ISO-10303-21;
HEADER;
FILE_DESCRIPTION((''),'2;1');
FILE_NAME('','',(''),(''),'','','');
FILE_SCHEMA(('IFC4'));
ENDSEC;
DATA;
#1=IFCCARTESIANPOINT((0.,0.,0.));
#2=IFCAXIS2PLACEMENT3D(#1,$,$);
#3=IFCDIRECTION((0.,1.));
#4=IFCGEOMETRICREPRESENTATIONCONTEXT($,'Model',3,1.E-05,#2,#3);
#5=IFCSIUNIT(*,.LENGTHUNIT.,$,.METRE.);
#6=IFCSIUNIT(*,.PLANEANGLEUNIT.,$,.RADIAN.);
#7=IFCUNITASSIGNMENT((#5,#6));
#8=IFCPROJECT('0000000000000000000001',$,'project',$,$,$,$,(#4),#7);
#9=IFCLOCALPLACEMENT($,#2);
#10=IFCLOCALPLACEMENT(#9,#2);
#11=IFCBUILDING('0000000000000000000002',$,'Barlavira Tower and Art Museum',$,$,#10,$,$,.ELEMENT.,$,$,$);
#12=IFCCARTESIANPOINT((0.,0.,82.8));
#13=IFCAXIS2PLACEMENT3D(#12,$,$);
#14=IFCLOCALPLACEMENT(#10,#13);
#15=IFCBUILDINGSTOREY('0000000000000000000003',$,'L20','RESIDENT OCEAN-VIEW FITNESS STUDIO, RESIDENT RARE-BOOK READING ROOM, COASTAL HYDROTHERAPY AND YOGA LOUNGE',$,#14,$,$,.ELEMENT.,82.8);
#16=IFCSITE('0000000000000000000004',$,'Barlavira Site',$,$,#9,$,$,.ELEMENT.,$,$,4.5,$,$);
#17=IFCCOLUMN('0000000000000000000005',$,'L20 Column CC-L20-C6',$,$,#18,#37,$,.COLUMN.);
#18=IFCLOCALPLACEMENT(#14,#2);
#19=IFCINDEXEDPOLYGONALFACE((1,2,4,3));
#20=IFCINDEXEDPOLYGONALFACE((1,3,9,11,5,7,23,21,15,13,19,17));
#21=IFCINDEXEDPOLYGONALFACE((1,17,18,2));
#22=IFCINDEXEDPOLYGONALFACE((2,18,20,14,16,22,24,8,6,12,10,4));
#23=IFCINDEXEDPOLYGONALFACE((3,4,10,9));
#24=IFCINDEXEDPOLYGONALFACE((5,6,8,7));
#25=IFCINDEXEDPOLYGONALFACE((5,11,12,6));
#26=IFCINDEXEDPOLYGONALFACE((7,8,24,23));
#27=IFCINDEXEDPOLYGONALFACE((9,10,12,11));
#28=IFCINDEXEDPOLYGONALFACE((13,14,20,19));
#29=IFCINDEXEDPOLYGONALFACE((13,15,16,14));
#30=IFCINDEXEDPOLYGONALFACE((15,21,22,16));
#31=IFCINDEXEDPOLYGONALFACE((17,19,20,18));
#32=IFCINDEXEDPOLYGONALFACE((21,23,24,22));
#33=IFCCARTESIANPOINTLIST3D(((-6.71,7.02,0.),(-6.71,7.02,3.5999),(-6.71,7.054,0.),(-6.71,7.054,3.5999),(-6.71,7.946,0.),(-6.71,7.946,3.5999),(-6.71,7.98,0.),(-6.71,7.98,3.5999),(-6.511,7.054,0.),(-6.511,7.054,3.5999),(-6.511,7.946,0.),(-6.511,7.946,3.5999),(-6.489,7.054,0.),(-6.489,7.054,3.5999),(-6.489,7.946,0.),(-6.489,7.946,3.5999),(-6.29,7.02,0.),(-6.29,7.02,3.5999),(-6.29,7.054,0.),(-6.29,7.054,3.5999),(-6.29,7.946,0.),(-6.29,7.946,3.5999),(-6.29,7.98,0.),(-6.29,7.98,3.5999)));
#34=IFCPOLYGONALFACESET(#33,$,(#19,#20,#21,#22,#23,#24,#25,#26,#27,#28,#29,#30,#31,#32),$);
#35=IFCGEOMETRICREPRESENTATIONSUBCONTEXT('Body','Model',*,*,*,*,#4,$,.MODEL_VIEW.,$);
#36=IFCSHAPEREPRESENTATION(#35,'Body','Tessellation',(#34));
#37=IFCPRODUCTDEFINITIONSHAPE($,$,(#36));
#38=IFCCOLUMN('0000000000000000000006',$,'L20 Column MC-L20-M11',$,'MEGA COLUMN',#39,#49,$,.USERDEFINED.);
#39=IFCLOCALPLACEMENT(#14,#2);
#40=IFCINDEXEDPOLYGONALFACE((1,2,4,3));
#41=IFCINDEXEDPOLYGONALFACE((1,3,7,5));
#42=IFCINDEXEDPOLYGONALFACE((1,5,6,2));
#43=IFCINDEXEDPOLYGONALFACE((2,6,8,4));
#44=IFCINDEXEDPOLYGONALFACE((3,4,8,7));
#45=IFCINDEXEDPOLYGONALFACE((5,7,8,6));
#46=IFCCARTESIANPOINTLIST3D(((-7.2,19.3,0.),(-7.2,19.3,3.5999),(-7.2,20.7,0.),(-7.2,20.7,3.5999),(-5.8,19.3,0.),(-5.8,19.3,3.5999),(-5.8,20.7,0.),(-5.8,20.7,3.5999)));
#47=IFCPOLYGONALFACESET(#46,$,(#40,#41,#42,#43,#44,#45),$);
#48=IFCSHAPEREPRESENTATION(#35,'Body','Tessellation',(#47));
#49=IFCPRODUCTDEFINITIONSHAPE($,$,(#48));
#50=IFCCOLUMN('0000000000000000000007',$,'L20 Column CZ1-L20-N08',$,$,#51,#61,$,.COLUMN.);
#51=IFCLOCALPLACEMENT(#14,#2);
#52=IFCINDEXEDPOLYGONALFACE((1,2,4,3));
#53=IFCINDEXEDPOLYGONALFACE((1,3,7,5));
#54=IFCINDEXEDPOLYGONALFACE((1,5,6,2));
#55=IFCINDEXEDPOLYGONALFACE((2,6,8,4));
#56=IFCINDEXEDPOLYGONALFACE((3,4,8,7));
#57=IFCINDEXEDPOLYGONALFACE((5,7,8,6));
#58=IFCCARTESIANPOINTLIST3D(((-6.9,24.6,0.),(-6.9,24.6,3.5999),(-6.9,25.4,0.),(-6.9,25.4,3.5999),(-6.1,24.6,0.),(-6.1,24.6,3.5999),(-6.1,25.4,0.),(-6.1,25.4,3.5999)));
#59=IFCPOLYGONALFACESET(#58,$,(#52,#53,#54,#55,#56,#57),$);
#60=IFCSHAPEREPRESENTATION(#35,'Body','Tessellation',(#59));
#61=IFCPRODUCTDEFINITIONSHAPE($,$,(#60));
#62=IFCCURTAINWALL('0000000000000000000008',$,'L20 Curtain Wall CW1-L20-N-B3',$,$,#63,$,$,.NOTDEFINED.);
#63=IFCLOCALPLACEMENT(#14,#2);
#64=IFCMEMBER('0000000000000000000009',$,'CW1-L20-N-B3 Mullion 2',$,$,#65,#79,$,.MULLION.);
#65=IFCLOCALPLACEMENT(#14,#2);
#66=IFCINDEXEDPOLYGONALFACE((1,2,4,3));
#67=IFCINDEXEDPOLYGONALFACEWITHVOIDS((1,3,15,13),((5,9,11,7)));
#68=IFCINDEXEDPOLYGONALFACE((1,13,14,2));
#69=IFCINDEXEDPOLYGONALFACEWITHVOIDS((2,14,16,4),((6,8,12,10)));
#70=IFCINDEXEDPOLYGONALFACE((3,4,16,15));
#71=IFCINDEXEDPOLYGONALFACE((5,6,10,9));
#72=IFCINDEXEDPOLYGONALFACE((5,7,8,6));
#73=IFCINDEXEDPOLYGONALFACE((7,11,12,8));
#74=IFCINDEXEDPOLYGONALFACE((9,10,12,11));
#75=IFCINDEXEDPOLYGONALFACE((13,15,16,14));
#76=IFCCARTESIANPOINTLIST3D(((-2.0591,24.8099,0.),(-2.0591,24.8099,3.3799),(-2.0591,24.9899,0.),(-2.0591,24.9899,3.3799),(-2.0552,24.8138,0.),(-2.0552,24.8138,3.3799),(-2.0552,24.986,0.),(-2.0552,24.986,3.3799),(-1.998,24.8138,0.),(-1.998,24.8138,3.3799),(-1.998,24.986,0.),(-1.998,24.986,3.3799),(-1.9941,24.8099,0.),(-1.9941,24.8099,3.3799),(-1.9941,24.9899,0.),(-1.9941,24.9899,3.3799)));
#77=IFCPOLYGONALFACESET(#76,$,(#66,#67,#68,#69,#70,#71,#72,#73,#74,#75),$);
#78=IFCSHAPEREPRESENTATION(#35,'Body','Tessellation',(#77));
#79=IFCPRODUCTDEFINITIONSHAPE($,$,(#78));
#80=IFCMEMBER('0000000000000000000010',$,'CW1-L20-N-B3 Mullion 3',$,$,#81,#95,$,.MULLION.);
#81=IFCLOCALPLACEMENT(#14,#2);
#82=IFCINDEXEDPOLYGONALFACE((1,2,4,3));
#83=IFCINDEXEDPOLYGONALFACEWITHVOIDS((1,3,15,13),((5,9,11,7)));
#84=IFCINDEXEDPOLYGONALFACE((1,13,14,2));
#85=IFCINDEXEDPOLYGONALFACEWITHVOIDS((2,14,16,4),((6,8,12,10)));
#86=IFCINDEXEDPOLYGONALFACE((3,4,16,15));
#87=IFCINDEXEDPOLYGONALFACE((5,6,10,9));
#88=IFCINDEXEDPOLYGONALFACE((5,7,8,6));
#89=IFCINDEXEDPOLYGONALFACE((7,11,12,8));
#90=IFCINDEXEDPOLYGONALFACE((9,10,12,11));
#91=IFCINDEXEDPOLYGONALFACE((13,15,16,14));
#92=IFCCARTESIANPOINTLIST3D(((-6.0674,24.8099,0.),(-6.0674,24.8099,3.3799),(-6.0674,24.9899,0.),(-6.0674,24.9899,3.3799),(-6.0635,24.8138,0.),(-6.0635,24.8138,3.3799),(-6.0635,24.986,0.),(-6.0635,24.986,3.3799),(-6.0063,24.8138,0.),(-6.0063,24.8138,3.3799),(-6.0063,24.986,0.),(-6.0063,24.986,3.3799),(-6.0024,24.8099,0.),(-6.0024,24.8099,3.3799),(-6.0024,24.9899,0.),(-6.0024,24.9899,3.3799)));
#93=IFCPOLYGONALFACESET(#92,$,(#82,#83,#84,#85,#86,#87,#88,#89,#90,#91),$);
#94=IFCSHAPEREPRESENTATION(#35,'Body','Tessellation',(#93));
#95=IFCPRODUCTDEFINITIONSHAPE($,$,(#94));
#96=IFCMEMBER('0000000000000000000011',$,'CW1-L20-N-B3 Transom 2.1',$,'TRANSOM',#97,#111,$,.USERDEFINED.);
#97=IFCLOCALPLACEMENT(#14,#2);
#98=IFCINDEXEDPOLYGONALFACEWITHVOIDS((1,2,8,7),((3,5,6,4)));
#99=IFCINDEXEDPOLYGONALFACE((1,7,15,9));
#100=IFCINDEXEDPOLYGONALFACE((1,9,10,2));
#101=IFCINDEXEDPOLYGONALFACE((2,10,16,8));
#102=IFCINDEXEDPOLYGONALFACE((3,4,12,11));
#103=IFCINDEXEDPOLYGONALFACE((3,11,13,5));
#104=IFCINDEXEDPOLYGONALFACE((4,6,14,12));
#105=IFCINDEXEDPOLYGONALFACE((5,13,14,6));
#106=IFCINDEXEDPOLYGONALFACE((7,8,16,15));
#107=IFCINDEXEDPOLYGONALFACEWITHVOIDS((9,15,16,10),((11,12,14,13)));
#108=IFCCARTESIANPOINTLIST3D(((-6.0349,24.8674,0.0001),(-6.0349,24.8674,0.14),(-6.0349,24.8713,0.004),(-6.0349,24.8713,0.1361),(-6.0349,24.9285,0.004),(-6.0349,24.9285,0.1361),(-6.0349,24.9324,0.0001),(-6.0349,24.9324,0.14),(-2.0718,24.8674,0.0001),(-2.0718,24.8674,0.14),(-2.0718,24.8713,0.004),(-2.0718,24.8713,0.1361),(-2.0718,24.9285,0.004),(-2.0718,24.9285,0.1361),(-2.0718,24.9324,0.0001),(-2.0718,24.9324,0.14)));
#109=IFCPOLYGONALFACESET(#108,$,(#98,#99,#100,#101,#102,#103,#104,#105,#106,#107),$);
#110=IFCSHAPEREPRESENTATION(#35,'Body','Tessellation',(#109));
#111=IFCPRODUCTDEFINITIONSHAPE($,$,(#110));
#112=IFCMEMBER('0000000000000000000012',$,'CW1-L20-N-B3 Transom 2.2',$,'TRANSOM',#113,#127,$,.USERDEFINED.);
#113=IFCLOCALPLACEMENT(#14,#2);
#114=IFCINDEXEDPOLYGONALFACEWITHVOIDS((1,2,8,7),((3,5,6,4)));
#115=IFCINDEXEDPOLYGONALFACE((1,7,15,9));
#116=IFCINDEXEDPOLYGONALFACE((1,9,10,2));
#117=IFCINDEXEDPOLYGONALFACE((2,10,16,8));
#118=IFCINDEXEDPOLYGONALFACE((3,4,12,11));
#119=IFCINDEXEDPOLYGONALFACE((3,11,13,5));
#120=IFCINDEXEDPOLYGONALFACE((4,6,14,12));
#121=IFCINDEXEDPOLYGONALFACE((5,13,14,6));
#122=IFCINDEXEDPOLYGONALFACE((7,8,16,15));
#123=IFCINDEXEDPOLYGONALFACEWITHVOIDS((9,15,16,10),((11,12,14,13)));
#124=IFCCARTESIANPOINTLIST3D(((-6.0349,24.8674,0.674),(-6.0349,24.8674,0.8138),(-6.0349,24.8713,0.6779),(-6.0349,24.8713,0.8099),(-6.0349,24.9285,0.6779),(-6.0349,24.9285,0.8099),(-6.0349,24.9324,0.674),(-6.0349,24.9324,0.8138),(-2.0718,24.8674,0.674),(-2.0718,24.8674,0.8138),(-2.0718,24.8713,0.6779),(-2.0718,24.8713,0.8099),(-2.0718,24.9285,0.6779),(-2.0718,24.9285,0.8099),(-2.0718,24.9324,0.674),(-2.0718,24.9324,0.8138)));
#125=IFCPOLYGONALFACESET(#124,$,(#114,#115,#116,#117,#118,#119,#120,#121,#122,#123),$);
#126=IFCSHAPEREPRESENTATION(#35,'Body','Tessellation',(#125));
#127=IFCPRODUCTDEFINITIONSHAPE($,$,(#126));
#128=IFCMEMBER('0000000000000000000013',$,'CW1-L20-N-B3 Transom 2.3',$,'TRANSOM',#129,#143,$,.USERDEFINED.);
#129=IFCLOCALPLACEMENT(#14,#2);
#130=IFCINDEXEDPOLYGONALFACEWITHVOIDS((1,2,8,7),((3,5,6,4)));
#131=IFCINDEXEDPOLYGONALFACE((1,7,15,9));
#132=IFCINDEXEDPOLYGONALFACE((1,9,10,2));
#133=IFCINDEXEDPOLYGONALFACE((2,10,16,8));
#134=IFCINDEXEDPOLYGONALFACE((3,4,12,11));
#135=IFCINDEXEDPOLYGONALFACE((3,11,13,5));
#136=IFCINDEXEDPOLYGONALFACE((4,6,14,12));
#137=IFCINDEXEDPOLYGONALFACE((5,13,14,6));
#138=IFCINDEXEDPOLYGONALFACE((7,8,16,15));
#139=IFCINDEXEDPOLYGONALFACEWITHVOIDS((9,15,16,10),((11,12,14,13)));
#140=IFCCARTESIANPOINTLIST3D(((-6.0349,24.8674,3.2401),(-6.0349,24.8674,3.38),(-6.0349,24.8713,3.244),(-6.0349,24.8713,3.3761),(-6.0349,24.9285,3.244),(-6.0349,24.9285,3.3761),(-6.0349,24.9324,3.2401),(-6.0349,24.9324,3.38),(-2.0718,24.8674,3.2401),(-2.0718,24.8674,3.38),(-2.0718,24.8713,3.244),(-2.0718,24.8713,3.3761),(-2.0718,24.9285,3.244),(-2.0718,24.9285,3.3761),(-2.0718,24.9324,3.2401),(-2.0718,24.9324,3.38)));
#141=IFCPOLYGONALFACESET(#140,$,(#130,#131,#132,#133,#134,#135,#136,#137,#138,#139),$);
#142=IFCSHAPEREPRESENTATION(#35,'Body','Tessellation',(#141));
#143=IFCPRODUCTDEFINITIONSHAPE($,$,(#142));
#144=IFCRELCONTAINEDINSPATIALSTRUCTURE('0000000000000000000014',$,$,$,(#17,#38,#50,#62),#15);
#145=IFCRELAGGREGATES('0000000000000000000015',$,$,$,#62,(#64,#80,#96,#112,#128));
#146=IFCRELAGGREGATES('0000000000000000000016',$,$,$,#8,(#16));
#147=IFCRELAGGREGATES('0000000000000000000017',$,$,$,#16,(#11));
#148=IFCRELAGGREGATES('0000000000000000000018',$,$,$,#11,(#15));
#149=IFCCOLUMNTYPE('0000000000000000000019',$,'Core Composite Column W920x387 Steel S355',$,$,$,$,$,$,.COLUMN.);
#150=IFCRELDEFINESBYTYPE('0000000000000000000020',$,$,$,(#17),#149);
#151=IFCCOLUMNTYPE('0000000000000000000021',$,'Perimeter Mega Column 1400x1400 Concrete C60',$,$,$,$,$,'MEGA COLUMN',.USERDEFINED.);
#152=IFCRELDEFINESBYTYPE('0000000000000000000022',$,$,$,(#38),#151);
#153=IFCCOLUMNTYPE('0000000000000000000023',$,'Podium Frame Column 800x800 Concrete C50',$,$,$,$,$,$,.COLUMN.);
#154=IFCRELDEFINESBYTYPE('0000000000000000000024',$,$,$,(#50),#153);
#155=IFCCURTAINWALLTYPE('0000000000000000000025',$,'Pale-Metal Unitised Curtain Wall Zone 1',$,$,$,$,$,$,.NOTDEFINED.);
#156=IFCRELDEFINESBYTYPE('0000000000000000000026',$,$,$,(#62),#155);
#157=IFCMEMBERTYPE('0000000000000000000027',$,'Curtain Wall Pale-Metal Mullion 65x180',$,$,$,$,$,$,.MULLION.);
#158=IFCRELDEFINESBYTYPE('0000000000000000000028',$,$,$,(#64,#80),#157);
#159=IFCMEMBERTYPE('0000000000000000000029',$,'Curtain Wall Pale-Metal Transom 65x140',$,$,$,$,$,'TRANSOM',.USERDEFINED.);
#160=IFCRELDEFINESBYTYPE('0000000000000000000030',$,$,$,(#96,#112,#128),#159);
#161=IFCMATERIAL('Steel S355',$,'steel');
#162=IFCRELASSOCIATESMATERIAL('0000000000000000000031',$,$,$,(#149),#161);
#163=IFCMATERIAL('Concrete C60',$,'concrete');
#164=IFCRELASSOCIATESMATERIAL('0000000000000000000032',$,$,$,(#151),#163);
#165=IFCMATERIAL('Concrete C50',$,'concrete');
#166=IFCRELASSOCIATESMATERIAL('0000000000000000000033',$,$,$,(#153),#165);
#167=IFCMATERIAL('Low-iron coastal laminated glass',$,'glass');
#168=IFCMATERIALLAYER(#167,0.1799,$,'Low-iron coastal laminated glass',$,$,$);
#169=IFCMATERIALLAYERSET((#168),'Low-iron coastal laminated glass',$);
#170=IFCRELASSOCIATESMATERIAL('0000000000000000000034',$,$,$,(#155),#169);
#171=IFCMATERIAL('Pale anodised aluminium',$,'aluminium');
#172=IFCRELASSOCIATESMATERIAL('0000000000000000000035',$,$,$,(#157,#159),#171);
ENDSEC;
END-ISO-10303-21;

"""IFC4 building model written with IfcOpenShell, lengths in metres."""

from ifc_helpers import new_model, si_unit, direction, frame, origin, origin_2d, place, context, subcontext, project, spatial, rectangle, hollow_rectangle, i_section, extrude, material, layer, layer_set, material_profile, profile_set, type_object, element, aggregate, save


model = new_model("IFC4")

# Units and contexts
model_context = context("Model", 3, precision=1e-05, world=origin(), true_north=direction((0.0, 1.0)))
body_context = subcontext(model_context, "Body", "Model", "MODEL_VIEW")
ifc_project = project(units=[si_unit("LENGTHUNIT", "METRE"), si_unit("PLANEANGLEUNIT", "RADIAN")], contexts=[model_context])

# Site, building, storey
site_placement = place(None, origin())
site = spatial("IfcSite", under=ifc_project, at=site_placement, Name="Barlavira Site", CompositionType="ELEMENT", RefElevation=4.5)
building_placement = place(site_placement, origin())
building = spatial("IfcBuilding", under=site, at=building_placement, Name="Barlavira Tower and Art Museum", CompositionType="ELEMENT")
storey_placement = place(building_placement, frame((0.0, 0.0, 82.8)))
storey = spatial("IfcBuildingStorey", under=building, at=storey_placement, Name="L20", Description="RESIDENT OCEAN-VIEW FITNESS STUDIO, RESIDENT RARE-BOOK READING ROOM, COASTAL HYDROTHERAPY AND YOGA LOUNGE", CompositionType="ELEMENT", Elevation=82.8)

# Columns
ifc_material_1 = material(Name="Steel S355", Category="steel")
ifc_material_profile_1 = material_profile(ifc_material_1, i_section(OverallWidth=0.4199, OverallDepth=0.96, WebThickness=0.022, FlangeThickness=0.0339, at=origin_2d()), Name="W920x387.0")
ifc_profile_set_1 = profile_set([ifc_material_profile_1], Name="Steel S355")
column_type_1 = type_object("IfcColumnType", Name="Core Composite Column W920x387 Steel S355", PredefinedType="COLUMN", material=ifc_profile_set_1)
column_1_placement = place(storey_placement, frame((-6.5, 7.5, 0.0), z_axis=(0.0, 0.0, 1.0), x_axis=(1.0, 0.0, 0.0)))
element("IfcColumn", 1, at=column_1_placement, inside=storey, type_object=column_type_1, Name="L20 Column CC-L20-C6", PredefinedType="COLUMN", context=body_context, shape_type="SweptSolid", body=[
    extrude(i_section(OverallWidth=0.4199, OverallDepth=0.96, WebThickness=0.022, FlangeThickness=0.0339, at=origin_2d()), origin(), (0.0, 0.0, 1.0), 3.5999),
])
ifc_material_2 = material(Name="Concrete C60", Category="concrete")
ifc_material_profile_2 = material_profile(ifc_material_2, rectangle(XDim=1.3999, YDim=1.3999, at=origin_2d()), Name="RC-MCOL 1400x1400")
ifc_profile_set_2 = profile_set([ifc_material_profile_2], Name="Concrete C60")
column_type_2 = type_object("IfcColumnType", Name="Perimeter Mega Column 1400x1400 Concrete C60", ElementType="MEGA COLUMN", PredefinedType="USERDEFINED", material=ifc_profile_set_2)
column_2_placement = place(storey_placement, frame((-6.5, 20.0, 0.0), z_axis=(0.0, 0.0, 1.0), x_axis=(1.0, 0.0, 0.0)))
element("IfcColumn", 2, at=column_2_placement, inside=storey, type_object=column_type_2, Name="L20 Column MC-L20-M11", ObjectType="MEGA COLUMN", PredefinedType="USERDEFINED", context=body_context, shape_type="SweptSolid", body=[
    extrude(rectangle(XDim=1.3999, YDim=1.3999, at=origin_2d()), origin(), (0.0, 0.0, 1.0), 3.5999),
])
ifc_material_3 = material(Name="Concrete C50", Category="concrete")
ifc_material_profile_3 = material_profile(ifc_material_3, rectangle(XDim=0.8, YDim=0.8, at=origin_2d()), Name="RC-COL 800x800")
ifc_profile_set_3 = profile_set([ifc_material_profile_3], Name="Concrete C50")
column_type_3 = type_object("IfcColumnType", Name="Podium Frame Column 800x800 Concrete C50", PredefinedType="COLUMN", material=ifc_profile_set_3)
column_3_placement = place(storey_placement, frame((-6.5, 25.0, 0.0), z_axis=(0.0, 0.0, 1.0), x_axis=(1.0, 0.0, 0.0)))
element("IfcColumn", 3, at=column_3_placement, inside=storey, type_object=column_type_3, Name="L20 Column CZ1-L20-N08", PredefinedType="COLUMN", context=body_context, shape_type="SweptSolid", body=[
    extrude(rectangle(XDim=0.8, YDim=0.8, at=origin_2d()), origin(), (0.0, 0.0, 1.0), 3.5999),
])

# Curtain wall, members
ifc_material_4 = material(Name="Low-iron coastal laminated glass", Category="glass")
ifc_layer_1 = layer(ifc_material_4, 0.1799, Name="Low-iron coastal laminated glass")
ifc_layer_set_1 = layer_set([ifc_layer_1], Name="Low-iron coastal laminated glass")
curtain_wall_type = type_object("IfcCurtainWallType", Name="Pale-Metal Unitised Curtain Wall Zone 1", PredefinedType="NOTDEFINED", material=ifc_layer_set_1)
curtain_wall_placement = place(storey_placement, origin())
curtain_wall = element("IfcCurtainWall", 4, at=curtain_wall_placement, inside=storey, type_object=curtain_wall_type, Name="L20 Curtain Wall CW1-L20-N-B3", PredefinedType="NOTDEFINED")
ifc_material_5 = material(Name="Pale anodised aluminium", Category="aluminium")
ifc_material_profile_4 = material_profile(ifc_material_5, hollow_rectangle(XDim=0.0649, YDim=0.1799, WallThickness=0.0039, at=origin_2d()), Name="ALU-MULL 65x180x4")
ifc_profile_set_4 = profile_set([ifc_material_profile_4], Name="Pale anodised aluminium")
member_type_1 = type_object("IfcMemberType", Name="Curtain Wall Pale-Metal Mullion 65x180", PredefinedType="MULLION", material=ifc_profile_set_4)
member_1_placement = place(storey_placement, frame((-2.0266, 24.8999, 0.0), z_axis=(0.0, 0.0, 1.0), x_axis=(-1.0, 0.0, 0.0)))
member_1 = element("IfcMember", 5, at=member_1_placement, type_object=member_type_1, Name="CW1-L20-N-B3 Mullion 2", PredefinedType="MULLION", context=body_context, shape_type="SweptSolid", body=[
    extrude(hollow_rectangle(XDim=0.0649, YDim=0.1799, WallThickness=0.0039, at=origin_2d()), origin(), (0.0, 0.0, 1.0), 3.3799),
])
member_2_placement = place(storey_placement, frame((-6.0349, 24.8999, 0.0), z_axis=(0.0, 0.0, 1.0), x_axis=(-1.0, 0.0, 0.0)))
member_2 = element("IfcMember", 6, at=member_2_placement, type_object=member_type_1, Name="CW1-L20-N-B3 Mullion 3", PredefinedType="MULLION", context=body_context, shape_type="SweptSolid", body=[
    extrude(hollow_rectangle(XDim=0.0649, YDim=0.1799, WallThickness=0.0039, at=origin_2d()), origin(), (0.0, 0.0, 1.0), 3.3799),
])
ifc_material_profile_5 = material_profile(ifc_material_5, hollow_rectangle(XDim=0.0649, YDim=0.1399, WallThickness=0.0039, at=origin_2d()), Name="ALU-TRAN 65x140x4")
ifc_profile_set_5 = profile_set([ifc_material_profile_5], Name="Pale anodised aluminium")
member_type_2 = type_object("IfcMemberType", Name="Curtain Wall Pale-Metal Transom 65x140", ElementType="TRANSOM", PredefinedType="USERDEFINED", material=ifc_profile_set_5)
member_3_placement = place(storey_placement, frame((-2.0718, 24.8999, 0.0701), z_axis=(-1.0, 0.0, 0.0), x_axis=(0.0, -1.0, 0.0)))
member_3 = element("IfcMember", 7, at=member_3_placement, type_object=member_type_2, Name="CW1-L20-N-B3 Transom 2.1", ObjectType="TRANSOM", PredefinedType="USERDEFINED", context=body_context, shape_type="SweptSolid", body=[
    extrude(hollow_rectangle(XDim=0.0649, YDim=0.1399, WallThickness=0.0039, at=origin_2d()), origin(), (0.0, 0.0, 1.0), 3.9631),
])
member_4_placement = place(storey_placement, frame((-2.0718, 24.8999, 0.7439), z_axis=(-1.0, 0.0, 0.0), x_axis=(0.0, -1.0, 0.0)))
member_4 = element("IfcMember", 8, at=member_4_placement, type_object=member_type_2, Name="CW1-L20-N-B3 Transom 2.2", ObjectType="TRANSOM", PredefinedType="USERDEFINED", context=body_context, shape_type="SweptSolid", body=[
    extrude(hollow_rectangle(XDim=0.0649, YDim=0.1399, WallThickness=0.0039, at=origin_2d()), origin(), (0.0, 0.0, 1.0), 3.9631),
])
member_5_placement = place(storey_placement, frame((-2.0718, 24.8999, 3.3101), z_axis=(-1.0, 0.0, 0.0), x_axis=(0.0, -1.0, 0.0)))
member_5 = element("IfcMember", 9, at=member_5_placement, type_object=member_type_2, Name="CW1-L20-N-B3 Transom 2.3", ObjectType="TRANSOM", PredefinedType="USERDEFINED", context=body_context, shape_type="SweptSolid", body=[
    extrude(hollow_rectangle(XDim=0.0649, YDim=0.1399, WallThickness=0.0039, at=origin_2d()), origin(), (0.0, 0.0, 1.0), 3.9631),
])

aggregate(curtain_wall, [member_1, member_2, member_3, member_4, member_5])

save(model, "model.ifc")
